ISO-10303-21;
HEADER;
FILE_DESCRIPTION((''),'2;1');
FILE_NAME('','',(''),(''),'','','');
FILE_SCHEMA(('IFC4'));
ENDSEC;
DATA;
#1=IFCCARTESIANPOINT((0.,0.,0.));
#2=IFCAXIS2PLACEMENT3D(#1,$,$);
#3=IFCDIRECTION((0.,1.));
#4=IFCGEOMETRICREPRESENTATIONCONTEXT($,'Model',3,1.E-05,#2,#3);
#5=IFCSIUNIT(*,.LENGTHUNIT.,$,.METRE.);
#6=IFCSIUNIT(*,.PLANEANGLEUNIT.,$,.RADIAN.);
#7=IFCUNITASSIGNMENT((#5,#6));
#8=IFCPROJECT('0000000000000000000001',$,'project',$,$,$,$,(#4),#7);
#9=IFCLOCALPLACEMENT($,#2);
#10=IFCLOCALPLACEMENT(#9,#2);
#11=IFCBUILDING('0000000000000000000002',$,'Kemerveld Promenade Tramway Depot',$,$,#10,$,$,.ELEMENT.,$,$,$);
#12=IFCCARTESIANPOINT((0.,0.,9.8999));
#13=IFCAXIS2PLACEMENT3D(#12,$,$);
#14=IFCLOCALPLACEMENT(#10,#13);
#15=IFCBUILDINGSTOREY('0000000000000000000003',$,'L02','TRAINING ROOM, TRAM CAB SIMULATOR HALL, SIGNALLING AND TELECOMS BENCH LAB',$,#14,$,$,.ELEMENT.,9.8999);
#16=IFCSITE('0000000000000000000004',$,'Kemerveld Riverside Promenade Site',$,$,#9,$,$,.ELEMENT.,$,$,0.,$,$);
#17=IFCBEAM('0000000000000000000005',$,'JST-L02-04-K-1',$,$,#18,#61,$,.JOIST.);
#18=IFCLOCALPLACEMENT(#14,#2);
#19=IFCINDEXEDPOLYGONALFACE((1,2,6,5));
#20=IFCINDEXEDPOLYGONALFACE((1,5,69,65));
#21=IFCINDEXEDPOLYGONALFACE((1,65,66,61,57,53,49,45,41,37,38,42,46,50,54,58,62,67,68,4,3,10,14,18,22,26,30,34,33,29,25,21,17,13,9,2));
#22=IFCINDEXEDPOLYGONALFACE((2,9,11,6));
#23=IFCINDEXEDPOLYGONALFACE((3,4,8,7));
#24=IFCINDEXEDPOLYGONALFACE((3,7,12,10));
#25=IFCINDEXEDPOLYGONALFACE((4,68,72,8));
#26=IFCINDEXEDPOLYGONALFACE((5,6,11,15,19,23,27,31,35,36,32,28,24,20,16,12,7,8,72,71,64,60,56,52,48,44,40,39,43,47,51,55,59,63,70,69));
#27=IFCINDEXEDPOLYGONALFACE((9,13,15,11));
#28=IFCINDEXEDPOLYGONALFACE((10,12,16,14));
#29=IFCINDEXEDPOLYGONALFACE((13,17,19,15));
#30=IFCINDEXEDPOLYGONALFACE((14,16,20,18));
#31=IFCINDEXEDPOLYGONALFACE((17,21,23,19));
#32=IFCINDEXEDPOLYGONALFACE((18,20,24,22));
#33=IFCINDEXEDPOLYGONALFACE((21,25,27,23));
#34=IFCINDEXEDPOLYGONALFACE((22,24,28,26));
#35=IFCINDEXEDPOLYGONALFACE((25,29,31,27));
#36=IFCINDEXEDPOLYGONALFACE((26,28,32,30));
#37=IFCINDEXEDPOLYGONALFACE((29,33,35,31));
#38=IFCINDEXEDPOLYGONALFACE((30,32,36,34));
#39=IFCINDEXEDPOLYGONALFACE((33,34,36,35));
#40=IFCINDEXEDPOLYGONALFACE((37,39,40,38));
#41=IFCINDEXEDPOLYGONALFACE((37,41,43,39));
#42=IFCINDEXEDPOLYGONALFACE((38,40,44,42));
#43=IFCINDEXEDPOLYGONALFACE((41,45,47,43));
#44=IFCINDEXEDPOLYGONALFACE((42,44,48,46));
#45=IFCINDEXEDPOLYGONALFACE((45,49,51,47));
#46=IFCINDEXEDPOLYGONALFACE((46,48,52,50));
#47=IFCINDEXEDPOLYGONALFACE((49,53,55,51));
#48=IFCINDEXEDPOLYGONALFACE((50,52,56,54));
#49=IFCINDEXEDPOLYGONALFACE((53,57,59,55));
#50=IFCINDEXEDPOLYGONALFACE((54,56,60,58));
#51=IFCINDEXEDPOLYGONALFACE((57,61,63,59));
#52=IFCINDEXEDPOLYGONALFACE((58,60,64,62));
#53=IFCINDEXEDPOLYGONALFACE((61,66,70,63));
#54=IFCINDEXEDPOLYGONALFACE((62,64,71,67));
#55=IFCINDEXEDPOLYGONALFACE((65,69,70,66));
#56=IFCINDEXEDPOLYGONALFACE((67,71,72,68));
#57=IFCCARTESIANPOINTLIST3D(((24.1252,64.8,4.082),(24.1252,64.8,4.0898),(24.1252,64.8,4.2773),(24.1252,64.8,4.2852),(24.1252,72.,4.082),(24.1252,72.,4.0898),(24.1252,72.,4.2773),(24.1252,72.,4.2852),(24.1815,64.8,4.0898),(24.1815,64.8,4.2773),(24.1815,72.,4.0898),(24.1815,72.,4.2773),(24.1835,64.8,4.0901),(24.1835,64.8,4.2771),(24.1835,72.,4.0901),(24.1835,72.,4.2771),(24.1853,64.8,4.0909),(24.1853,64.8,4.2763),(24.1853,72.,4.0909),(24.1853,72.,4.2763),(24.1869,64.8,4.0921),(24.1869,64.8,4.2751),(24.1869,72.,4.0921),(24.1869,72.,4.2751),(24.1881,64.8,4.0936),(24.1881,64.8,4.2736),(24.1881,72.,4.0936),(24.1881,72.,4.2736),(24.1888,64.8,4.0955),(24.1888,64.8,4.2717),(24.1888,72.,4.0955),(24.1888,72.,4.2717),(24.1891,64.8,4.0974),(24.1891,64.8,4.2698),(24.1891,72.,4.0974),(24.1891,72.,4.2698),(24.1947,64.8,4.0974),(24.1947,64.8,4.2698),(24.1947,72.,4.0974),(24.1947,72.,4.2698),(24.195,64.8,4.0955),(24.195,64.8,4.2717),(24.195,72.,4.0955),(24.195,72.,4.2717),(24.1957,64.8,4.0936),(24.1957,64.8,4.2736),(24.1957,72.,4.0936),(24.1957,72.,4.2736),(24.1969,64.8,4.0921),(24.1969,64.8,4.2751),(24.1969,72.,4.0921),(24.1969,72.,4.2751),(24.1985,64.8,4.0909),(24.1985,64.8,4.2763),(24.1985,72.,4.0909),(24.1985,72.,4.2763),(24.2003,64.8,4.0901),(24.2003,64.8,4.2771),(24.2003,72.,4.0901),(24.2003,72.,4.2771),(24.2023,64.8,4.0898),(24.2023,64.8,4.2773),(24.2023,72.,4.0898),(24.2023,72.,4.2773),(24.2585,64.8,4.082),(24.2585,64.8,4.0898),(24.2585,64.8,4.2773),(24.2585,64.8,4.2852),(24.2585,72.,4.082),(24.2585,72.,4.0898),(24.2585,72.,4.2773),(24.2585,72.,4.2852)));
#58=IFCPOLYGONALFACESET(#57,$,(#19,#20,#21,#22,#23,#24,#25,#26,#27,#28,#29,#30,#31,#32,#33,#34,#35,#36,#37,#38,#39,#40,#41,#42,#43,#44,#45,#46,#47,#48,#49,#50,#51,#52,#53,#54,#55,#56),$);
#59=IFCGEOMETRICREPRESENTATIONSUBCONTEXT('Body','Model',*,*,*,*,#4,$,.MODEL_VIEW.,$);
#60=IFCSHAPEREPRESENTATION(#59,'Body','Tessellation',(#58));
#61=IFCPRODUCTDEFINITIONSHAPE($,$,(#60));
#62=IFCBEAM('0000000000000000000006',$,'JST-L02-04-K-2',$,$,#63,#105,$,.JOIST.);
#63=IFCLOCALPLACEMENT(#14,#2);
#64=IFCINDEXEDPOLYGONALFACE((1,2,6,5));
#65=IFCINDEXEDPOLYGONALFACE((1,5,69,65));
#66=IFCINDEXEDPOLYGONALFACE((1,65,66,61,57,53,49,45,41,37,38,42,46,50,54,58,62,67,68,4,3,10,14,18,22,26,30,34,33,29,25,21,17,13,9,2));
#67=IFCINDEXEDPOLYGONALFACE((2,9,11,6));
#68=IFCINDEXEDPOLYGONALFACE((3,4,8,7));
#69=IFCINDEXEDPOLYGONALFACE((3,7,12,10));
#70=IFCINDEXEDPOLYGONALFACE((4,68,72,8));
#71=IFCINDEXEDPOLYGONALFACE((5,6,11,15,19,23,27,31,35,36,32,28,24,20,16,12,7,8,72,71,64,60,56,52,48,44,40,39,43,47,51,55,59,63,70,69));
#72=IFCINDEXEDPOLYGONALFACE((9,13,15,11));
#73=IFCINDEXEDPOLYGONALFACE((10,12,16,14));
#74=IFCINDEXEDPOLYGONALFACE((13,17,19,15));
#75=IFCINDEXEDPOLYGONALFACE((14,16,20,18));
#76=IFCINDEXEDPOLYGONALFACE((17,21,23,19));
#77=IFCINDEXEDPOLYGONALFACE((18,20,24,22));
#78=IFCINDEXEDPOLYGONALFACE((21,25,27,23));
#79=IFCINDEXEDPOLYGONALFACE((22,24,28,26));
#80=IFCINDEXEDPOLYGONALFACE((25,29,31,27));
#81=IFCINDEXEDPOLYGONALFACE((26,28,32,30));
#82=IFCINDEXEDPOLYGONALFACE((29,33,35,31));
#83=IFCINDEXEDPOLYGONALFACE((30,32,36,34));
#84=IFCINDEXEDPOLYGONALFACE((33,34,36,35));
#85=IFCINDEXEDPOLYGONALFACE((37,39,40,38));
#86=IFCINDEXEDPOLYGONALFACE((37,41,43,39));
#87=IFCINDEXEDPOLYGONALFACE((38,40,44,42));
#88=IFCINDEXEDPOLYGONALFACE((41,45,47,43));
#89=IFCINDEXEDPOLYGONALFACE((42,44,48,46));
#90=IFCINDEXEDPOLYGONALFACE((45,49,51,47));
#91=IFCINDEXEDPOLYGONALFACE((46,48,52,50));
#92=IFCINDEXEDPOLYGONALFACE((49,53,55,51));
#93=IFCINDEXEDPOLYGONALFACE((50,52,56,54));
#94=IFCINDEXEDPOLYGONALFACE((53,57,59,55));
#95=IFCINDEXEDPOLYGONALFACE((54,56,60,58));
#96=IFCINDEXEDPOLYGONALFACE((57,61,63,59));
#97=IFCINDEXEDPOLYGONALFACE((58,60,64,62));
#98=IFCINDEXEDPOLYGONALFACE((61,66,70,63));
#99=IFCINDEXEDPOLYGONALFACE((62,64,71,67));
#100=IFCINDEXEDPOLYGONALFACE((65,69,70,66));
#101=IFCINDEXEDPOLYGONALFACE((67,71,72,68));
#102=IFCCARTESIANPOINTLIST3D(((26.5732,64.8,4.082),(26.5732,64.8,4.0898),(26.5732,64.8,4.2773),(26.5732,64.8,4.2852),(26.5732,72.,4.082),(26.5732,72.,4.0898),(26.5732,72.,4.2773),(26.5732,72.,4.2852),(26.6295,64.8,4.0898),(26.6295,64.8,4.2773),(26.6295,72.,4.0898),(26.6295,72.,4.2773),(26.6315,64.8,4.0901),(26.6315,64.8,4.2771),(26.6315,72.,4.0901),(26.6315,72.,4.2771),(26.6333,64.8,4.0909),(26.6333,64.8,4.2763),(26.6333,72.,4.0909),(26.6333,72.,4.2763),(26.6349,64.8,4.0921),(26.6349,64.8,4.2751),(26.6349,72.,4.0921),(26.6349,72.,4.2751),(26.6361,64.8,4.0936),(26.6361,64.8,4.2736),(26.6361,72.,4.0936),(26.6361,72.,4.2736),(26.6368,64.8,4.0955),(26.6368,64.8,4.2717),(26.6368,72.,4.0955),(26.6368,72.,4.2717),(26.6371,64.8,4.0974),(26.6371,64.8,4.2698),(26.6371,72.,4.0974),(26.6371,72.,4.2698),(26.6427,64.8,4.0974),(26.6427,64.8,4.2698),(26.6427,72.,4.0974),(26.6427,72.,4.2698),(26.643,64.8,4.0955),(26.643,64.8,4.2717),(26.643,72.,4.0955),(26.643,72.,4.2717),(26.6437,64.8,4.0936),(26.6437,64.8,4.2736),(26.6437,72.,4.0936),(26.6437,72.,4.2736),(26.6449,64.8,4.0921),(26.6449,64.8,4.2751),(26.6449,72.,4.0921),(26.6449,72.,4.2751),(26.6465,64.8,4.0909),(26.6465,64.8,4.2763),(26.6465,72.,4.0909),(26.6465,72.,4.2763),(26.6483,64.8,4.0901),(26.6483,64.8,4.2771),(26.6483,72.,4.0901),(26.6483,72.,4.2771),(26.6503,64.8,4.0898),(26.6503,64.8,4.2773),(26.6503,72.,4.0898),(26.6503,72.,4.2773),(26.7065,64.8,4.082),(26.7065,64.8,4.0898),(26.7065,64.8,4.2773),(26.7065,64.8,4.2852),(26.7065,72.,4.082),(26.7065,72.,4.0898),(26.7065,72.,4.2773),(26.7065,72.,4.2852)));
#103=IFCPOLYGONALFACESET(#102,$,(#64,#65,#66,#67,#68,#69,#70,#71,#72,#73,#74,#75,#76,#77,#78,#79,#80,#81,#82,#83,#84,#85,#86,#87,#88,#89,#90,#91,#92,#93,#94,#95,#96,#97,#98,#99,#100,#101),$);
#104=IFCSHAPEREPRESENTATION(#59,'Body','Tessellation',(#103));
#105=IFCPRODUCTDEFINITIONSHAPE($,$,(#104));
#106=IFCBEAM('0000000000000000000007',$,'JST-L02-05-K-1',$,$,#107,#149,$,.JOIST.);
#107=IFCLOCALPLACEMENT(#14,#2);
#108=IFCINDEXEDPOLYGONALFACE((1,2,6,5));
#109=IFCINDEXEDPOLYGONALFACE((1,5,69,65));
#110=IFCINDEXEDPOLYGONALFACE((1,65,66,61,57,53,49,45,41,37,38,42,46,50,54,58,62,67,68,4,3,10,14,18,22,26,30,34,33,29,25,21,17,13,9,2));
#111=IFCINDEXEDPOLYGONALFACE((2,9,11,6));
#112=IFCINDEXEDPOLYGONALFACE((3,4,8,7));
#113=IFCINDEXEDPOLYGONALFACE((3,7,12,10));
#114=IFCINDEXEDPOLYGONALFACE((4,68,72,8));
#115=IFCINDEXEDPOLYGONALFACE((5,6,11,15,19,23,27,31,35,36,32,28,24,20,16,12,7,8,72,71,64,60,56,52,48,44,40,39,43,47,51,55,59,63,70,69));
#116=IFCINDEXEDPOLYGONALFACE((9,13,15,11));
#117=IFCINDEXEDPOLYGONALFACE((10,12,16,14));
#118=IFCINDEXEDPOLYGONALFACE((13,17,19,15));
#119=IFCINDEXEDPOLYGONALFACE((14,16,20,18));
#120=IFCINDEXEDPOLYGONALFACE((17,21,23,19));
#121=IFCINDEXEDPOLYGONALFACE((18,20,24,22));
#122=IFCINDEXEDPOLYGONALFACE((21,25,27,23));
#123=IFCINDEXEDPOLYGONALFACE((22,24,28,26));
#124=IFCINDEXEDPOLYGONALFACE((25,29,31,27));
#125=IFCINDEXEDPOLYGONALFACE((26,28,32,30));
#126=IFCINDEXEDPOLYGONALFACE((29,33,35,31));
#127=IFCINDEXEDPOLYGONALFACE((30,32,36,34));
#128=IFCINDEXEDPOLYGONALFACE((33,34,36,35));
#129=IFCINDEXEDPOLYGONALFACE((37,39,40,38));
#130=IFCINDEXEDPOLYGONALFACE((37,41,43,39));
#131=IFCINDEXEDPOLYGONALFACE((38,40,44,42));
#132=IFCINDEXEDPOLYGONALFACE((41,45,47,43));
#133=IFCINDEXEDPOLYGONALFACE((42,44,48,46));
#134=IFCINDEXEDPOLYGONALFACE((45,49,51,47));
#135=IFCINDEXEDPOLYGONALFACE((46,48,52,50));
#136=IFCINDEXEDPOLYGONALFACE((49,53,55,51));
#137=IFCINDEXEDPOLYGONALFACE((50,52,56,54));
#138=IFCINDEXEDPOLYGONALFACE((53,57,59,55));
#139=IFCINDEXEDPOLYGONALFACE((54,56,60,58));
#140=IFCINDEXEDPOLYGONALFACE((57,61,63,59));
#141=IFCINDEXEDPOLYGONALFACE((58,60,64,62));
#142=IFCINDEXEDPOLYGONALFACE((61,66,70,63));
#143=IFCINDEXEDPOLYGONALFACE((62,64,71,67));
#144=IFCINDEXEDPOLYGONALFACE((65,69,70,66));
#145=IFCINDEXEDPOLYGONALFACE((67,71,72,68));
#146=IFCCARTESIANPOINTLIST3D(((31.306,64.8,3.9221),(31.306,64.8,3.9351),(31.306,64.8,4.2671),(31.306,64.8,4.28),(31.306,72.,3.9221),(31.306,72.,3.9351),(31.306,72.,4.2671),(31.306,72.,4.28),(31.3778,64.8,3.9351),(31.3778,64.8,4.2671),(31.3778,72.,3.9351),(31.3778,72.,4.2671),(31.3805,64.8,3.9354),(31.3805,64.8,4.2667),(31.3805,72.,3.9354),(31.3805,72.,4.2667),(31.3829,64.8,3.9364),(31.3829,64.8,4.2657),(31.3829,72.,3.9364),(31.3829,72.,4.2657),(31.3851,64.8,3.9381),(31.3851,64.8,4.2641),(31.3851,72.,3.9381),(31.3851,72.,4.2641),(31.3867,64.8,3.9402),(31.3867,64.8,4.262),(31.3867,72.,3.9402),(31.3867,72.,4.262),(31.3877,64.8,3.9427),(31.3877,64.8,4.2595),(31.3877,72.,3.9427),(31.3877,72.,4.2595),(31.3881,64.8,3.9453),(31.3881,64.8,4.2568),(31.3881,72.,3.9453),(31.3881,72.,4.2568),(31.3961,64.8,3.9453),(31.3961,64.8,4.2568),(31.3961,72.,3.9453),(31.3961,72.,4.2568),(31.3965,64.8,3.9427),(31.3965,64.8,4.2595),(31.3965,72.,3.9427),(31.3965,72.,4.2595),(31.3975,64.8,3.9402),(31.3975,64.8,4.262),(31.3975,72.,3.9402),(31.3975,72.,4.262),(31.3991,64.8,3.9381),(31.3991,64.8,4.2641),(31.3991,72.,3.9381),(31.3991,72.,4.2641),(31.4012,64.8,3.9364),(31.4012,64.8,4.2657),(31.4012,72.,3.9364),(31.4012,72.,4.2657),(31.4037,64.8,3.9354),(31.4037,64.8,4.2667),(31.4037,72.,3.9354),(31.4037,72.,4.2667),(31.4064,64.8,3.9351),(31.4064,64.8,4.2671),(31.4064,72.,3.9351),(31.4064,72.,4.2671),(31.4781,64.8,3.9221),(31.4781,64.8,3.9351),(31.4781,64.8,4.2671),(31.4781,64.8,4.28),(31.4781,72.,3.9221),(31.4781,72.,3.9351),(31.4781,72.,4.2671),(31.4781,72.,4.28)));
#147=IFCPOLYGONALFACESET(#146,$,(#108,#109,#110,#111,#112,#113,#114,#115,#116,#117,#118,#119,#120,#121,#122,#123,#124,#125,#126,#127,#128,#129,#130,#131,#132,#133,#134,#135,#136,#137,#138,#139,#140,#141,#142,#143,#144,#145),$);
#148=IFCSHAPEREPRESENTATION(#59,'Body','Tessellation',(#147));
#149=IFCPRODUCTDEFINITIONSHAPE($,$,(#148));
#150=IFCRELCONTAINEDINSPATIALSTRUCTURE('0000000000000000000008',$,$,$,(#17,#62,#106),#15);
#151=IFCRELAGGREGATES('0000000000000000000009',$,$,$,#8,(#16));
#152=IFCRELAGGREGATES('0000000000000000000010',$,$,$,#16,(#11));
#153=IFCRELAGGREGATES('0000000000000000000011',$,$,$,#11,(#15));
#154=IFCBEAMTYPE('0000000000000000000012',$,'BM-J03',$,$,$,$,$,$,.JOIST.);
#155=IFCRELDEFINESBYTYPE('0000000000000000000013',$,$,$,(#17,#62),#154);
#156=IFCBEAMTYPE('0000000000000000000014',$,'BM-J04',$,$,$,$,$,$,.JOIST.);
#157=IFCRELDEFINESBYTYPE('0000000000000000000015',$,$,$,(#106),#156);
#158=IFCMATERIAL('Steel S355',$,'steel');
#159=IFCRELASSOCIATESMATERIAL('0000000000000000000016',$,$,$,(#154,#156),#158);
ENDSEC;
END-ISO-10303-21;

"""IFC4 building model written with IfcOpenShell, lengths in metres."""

from ifc_helpers import new_model, si_unit, direction, frame, origin, origin_2d, place, context, subcontext, project, spatial, i_section, extrude, material, material_profile, profile_set, type_object, element, save


model = new_model("IFC4")

# Units and contexts
model_context = context("Model", 3, precision=1e-05, world=origin(), true_north=direction((0.0, 1.0)))
body_context = subcontext(model_context, "Body", "Model", "MODEL_VIEW")
ifc_project = project(units=[si_unit("LENGTHUNIT", "METRE"), si_unit("PLANEANGLEUNIT", "RADIAN")], contexts=[model_context])

# Site, building, storey
site_placement = place(None, origin())
site = spatial("IfcSite", under=ifc_project, at=site_placement, Name="Kemerveld Riverside Promenade Site", CompositionType="ELEMENT", RefElevation=0.0)
building_placement = place(site_placement, origin())
building = spatial("IfcBuilding", under=site, at=building_placement, Name="Kemerveld Promenade Tramway Depot", CompositionType="ELEMENT")
storey_placement = place(building_placement, frame((0.0, 0.0, 9.8999)))
storey = spatial("IfcBuildingStorey", under=building, at=storey_placement, Name="L02", Description="TRAINING ROOM, TRAM CAB SIMULATOR HALL, SIGNALLING AND TELECOMS BENCH LAB", CompositionType="ELEMENT", Elevation=9.8999)

# Shared definitions
ifc_material_1 = material(Name="Steel S355", Category="steel")

# Beams
ifc_material_profile_1 = material_profile(ifc_material_1, i_section(OverallWidth=0.1333, OverallDepth=0.2031, WebThickness=0.0056, FlangeThickness=0.0078, FilletRadius=0.0076, at=origin_2d()), Name="203x133x25 UB")
ifc_profile_set_1 = profile_set([ifc_material_profile_1], Name="Steel S355")
beam_type_1 = type_object("IfcBeamType", Name="BM-J03", PredefinedType="JOIST", material=ifc_profile_set_1)
for number, where, z_axis, x_axis, name in (
    (1, (24.1919, 64.8, 4.1836), (0.0, 1.0, 0.0), (-1.0, 0.0, 0.0), "JST-L02-04-K-1"),
    (2, (26.6399, 64.8, 4.1836), (0.0, 1.0, 0.0), (-1.0, 0.0, 0.0), "JST-L02-04-K-2"),
):
    element("IfcBeam", number, at=place(storey_placement, frame(where, z_axis=z_axis, x_axis=x_axis)), inside=storey, type_object=beam_type_1, Name=name, PredefinedType="JOIST", context=body_context, shape_type="SweptSolid", body=[
        extrude(i_section(OverallWidth=0.1333, OverallDepth=0.2031, WebThickness=0.0056, FlangeThickness=0.0078, FilletRadius=0.0076, at=origin_2d()), origin(), (0.0, 0.0, 1.0), 7.2),
    ])
ifc_material_profile_2 = material_profile(ifc_material_1, i_section(OverallWidth=0.1721, OverallDepth=0.3579, WebThickness=0.0081, FlangeThickness=0.0129, FilletRadius=0.0103, at=origin_2d()), Name="356x171x57 UB")
ifc_profile_set_2 = profile_set([ifc_material_profile_2], Name="Steel S355")
beam_type_2 = type_object("IfcBeamType", Name="BM-J04", PredefinedType="JOIST", material=ifc_profile_set_2)
beam_1_placement = place(storey_placement, frame((31.3921, 64.8, 4.1011), z_axis=(0.0, 1.0, 0.0), x_axis=(-1.0, 0.0, 0.0)))
element("IfcBeam", 3, at=beam_1_placement, inside=storey, type_object=beam_type_2, Name="JST-L02-05-K-1", PredefinedType="JOIST", context=body_context, shape_type="SweptSolid", body=[
    extrude(i_section(OverallWidth=0.1721, OverallDepth=0.3579, WebThickness=0.0081, FlangeThickness=0.0129, FilletRadius=0.0103, at=origin_2d()), origin(), (0.0, 0.0, 1.0), 7.2),
])

save(model, "model.ifc")
